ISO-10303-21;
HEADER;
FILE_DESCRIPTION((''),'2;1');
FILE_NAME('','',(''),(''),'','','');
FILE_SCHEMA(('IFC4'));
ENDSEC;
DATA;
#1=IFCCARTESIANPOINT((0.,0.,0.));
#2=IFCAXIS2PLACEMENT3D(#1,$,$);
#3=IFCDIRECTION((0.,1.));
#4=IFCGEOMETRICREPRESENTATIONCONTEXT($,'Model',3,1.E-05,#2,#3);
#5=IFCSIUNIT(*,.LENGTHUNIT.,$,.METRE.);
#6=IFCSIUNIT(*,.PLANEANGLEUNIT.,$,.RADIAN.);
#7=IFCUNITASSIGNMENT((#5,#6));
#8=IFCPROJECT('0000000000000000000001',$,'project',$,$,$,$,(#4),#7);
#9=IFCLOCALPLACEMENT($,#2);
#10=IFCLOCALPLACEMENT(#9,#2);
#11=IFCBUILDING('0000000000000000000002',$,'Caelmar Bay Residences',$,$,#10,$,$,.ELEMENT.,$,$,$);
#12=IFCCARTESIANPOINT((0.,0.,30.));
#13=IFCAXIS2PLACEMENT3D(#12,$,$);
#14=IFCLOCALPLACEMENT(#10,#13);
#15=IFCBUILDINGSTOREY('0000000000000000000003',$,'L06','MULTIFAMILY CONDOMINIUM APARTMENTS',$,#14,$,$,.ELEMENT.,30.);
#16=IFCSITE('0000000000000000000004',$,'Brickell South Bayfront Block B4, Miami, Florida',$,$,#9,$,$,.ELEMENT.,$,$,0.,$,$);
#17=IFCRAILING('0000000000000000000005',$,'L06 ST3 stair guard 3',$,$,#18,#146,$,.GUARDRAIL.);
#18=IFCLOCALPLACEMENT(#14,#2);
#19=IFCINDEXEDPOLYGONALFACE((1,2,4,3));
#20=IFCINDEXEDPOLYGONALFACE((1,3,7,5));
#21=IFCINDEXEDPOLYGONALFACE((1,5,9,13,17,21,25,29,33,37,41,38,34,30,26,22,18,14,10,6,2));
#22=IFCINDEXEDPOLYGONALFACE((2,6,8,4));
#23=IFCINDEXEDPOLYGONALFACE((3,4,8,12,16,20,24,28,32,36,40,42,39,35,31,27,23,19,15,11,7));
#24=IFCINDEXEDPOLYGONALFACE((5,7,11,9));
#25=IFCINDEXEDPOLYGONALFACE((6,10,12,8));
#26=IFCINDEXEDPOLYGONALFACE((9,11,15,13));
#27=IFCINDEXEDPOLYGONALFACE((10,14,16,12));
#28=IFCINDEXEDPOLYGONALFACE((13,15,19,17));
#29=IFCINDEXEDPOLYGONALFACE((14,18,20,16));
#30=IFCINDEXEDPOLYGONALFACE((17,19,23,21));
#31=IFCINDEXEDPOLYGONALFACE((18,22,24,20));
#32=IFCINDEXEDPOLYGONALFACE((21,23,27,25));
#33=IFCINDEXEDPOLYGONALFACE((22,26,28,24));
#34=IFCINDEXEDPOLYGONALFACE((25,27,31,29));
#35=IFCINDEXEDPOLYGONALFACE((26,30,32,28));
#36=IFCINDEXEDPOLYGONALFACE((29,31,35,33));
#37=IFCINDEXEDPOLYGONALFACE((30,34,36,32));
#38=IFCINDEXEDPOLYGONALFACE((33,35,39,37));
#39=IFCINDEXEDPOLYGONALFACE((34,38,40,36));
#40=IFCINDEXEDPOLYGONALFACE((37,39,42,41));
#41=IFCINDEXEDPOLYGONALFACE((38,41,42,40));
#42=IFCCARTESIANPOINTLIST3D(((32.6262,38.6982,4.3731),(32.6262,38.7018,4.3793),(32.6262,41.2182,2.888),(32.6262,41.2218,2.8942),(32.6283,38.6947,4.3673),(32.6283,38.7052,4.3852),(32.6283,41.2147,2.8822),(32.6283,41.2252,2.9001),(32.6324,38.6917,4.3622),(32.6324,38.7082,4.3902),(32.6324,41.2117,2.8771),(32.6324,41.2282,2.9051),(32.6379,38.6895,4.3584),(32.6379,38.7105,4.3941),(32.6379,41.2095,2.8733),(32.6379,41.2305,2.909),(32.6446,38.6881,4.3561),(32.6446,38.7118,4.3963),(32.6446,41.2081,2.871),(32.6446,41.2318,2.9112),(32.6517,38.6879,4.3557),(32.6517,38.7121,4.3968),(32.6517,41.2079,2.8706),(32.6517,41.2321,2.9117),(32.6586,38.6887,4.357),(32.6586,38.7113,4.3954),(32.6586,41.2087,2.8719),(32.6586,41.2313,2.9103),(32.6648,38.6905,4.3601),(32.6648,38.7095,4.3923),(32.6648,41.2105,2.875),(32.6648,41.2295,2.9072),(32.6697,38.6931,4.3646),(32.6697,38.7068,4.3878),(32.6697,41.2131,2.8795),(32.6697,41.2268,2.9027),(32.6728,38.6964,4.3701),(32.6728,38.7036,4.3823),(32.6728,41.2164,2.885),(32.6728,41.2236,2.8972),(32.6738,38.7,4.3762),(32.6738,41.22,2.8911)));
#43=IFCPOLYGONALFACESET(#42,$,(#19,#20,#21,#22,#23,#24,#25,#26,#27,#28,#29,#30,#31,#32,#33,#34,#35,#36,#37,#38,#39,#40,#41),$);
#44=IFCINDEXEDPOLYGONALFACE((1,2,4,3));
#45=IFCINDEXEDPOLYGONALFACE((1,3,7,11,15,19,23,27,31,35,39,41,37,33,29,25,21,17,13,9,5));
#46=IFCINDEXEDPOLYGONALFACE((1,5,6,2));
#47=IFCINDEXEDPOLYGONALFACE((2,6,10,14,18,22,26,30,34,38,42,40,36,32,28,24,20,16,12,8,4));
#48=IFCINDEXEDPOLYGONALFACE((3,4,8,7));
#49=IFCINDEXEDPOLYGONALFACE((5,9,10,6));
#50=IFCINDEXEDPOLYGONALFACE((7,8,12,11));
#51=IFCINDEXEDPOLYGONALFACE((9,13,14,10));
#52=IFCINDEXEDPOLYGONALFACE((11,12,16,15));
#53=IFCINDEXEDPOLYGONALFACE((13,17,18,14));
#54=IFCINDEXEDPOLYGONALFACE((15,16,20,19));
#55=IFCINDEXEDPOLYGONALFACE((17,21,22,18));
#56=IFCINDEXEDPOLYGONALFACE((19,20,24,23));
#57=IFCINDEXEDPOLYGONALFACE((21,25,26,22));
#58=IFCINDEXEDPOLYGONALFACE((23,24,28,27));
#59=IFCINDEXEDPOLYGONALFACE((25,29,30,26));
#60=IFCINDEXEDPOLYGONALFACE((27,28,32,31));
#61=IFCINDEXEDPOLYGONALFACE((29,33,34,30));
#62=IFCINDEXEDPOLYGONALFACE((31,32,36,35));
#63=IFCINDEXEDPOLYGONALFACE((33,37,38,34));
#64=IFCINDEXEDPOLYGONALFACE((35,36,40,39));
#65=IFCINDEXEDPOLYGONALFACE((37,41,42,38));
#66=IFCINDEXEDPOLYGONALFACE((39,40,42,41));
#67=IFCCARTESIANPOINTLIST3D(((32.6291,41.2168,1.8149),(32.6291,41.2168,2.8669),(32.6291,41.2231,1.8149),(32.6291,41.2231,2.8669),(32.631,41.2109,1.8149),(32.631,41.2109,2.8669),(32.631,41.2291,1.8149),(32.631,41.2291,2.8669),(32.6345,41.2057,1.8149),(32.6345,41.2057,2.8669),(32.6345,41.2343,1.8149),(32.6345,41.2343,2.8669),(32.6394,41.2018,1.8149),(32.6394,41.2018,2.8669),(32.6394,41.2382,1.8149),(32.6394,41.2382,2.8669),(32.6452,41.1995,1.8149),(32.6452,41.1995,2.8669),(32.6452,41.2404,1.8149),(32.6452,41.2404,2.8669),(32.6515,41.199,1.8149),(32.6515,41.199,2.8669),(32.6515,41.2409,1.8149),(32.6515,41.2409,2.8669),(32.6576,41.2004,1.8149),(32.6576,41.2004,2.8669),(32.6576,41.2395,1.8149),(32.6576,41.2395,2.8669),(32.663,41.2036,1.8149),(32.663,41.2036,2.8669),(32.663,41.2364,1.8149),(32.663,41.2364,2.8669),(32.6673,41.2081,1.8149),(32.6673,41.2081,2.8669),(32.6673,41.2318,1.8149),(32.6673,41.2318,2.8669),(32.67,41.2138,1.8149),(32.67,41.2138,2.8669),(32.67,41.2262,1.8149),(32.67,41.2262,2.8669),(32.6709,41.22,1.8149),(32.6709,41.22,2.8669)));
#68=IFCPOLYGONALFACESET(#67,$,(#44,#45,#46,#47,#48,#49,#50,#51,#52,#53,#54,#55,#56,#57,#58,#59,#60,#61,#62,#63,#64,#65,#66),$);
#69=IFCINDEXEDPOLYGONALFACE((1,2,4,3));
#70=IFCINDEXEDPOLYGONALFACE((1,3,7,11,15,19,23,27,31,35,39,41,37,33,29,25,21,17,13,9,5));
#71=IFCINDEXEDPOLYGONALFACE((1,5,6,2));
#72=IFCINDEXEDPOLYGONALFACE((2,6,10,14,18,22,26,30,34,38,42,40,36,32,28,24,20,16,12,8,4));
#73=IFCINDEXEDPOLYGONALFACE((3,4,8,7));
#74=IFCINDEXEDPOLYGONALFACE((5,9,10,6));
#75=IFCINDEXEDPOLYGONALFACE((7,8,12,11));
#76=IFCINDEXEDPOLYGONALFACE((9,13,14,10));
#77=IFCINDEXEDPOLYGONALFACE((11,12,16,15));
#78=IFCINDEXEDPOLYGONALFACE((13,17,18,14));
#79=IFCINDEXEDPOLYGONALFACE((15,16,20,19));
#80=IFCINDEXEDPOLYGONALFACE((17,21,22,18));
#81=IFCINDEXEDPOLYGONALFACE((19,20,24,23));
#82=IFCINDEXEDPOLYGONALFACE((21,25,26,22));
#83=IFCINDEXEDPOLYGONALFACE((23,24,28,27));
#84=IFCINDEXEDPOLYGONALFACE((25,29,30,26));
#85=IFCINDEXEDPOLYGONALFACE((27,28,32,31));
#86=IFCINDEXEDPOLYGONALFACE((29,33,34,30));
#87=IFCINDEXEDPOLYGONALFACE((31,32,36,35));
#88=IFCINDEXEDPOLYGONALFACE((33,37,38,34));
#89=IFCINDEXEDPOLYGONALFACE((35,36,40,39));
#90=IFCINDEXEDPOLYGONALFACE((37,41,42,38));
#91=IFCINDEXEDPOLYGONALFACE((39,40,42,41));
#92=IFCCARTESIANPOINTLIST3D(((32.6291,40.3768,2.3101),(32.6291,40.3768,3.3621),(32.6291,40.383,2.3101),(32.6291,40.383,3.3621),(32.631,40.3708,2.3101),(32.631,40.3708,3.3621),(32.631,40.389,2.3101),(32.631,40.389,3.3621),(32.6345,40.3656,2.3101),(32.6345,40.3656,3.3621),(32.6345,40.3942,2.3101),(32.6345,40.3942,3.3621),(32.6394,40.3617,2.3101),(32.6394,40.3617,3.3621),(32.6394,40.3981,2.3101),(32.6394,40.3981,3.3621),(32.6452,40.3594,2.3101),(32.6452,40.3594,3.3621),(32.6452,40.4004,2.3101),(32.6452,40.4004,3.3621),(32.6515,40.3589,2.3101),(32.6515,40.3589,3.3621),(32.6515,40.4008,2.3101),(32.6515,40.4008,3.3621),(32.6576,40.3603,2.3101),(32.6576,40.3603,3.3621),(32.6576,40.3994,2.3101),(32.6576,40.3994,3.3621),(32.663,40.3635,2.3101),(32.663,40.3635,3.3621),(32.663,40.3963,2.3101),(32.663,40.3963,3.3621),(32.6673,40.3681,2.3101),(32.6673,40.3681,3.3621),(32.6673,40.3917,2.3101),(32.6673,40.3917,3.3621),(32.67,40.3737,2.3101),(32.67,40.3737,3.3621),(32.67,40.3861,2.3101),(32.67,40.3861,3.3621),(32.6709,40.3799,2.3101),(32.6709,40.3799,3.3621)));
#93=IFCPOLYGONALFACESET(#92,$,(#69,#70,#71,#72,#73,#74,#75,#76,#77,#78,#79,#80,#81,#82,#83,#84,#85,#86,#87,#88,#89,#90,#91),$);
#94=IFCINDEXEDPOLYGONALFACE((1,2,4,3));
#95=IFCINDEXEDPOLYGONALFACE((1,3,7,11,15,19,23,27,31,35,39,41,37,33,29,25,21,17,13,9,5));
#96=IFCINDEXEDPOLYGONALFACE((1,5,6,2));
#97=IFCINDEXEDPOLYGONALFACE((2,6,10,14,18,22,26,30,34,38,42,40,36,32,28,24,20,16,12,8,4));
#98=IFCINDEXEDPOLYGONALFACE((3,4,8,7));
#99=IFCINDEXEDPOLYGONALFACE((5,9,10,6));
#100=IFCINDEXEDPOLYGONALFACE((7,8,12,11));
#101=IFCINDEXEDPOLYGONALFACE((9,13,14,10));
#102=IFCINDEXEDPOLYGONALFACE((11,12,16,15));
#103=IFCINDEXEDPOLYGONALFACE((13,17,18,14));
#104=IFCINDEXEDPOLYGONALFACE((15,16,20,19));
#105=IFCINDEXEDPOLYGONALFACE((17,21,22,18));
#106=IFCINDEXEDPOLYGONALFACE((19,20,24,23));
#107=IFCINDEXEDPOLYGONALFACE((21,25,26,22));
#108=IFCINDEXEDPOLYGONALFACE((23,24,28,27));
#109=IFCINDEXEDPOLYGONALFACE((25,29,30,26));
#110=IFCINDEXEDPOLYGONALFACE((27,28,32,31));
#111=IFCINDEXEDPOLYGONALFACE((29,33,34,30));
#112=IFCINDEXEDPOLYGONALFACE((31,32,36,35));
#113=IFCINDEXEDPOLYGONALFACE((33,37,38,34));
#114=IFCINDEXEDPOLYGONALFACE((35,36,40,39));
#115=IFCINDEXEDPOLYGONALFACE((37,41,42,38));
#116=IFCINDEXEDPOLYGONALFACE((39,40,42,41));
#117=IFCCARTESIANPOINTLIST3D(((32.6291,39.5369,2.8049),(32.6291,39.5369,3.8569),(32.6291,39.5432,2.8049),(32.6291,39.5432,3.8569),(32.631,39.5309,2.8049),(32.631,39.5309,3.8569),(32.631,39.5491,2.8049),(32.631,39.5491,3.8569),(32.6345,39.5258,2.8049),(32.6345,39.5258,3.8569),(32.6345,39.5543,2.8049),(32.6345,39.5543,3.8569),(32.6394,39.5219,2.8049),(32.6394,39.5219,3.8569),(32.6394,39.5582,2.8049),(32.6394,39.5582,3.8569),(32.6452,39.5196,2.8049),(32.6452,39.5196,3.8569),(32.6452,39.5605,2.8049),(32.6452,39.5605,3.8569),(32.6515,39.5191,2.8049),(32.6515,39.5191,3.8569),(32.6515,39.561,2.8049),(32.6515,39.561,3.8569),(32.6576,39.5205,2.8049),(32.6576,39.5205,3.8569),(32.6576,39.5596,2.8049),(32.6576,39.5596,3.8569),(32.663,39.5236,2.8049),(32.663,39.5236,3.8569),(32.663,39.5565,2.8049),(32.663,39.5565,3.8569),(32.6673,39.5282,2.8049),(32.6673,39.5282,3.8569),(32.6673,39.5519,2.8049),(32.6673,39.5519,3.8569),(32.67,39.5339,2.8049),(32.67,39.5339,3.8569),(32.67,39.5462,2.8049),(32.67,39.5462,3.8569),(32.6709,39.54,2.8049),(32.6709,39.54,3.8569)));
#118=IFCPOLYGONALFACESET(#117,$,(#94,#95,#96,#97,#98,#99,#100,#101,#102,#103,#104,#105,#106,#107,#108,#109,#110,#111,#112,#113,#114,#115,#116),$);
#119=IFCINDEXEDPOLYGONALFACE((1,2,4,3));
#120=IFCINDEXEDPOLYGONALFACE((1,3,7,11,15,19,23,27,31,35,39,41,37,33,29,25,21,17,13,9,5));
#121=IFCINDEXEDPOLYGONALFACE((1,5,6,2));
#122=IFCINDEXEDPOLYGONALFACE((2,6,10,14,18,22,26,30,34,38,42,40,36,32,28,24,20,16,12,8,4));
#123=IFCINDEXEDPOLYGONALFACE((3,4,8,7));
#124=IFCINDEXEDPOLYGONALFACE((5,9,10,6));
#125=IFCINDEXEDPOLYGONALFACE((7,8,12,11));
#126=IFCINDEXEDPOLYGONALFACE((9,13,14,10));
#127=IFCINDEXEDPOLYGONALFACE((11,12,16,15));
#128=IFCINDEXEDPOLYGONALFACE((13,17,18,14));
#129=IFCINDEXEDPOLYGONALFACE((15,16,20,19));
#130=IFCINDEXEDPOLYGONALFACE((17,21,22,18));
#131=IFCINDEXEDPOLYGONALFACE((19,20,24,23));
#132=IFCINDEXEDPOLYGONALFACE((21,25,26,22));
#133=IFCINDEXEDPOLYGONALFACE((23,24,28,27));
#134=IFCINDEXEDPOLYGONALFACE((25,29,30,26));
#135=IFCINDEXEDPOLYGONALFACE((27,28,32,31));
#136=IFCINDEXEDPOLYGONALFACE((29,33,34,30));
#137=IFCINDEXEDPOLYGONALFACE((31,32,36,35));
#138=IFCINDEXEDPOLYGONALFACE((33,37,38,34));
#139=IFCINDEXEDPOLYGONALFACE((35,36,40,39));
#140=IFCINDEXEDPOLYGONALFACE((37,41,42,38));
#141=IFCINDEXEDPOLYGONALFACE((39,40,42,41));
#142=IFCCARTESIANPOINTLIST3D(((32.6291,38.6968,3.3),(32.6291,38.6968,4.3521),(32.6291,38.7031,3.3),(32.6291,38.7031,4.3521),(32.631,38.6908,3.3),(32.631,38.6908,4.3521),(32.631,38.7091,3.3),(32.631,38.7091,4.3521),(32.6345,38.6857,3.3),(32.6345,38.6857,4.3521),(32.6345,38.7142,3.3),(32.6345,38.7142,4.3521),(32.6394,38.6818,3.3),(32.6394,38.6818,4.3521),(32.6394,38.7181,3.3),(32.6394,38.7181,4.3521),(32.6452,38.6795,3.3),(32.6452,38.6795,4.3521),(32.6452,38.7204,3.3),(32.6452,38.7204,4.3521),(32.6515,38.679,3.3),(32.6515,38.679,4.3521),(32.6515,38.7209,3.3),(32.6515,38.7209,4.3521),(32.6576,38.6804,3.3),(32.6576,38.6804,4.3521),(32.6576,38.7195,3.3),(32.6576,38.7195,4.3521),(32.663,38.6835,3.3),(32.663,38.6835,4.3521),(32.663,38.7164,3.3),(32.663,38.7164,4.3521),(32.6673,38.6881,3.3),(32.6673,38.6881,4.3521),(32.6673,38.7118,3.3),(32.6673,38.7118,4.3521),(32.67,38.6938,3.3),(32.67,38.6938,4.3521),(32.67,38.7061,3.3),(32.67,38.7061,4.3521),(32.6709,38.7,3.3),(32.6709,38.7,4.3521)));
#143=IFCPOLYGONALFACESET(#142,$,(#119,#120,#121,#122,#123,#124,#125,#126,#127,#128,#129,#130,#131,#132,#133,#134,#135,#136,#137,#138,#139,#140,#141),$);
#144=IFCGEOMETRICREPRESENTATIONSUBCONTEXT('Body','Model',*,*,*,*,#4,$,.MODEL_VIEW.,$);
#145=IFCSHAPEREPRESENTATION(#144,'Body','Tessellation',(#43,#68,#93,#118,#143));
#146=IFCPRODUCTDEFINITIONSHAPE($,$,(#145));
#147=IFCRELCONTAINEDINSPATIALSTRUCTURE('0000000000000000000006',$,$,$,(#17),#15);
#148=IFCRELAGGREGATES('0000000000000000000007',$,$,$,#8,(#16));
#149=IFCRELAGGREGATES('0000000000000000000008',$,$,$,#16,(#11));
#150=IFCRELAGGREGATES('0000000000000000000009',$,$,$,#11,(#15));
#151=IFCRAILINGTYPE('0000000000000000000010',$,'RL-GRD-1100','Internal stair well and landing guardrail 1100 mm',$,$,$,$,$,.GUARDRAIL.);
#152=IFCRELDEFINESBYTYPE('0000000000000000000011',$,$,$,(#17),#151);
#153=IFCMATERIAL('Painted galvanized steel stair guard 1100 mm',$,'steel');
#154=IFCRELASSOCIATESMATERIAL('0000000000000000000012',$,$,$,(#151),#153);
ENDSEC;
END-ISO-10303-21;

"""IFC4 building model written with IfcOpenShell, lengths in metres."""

from ifc_helpers import new_model, si_unit, direction, frame, origin, origin_2d, place, context, subcontext, project, spatial, circle, extrude, material, type_object, element, save


model = new_model("IFC4")

# Units and contexts
model_context = context("Model", 3, precision=1e-05, world=origin(), true_north=direction((0.0, 1.0)))
body_context = subcontext(model_context, "Body", "Model", "MODEL_VIEW")
ifc_project = project(units=[si_unit("LENGTHUNIT", "METRE"), si_unit("PLANEANGLEUNIT", "RADIAN")], contexts=[model_context])

# Site, building, storey
site_placement = place(None, origin())
site = spatial("IfcSite", under=ifc_project, at=site_placement, Name="Brickell South Bayfront Block B4, Miami, Florida", CompositionType="ELEMENT", RefElevation=0.0)
building_placement = place(site_placement, origin())
building = spatial("IfcBuilding", under=site, at=building_placement, Name="Caelmar Bay Residences", CompositionType="ELEMENT")
storey_placement = place(building_placement, frame((0.0, 0.0, 30.0)))
storey = spatial("IfcBuildingStorey", under=building, at=storey_placement, Name="L06", Description="MULTIFAMILY CONDOMINIUM APARTMENTS", CompositionType="ELEMENT", Elevation=30.0)

# Railing
ifc_material_1 = material(Name="Painted galvanized steel stair guard 1100 mm", Category="steel")
railing_type_1 = type_object("IfcRailingType", Name="RL-GRD-1100", Description="Internal stair well and landing guardrail 1100 mm", PredefinedType="GUARDRAIL", material=ifc_material_1)
railing_1_placement = place(storey_placement, frame((32.6499, 41.22, 1.8149)))
element("IfcRailing", 1, at=railing_1_placement, inside=storey, type_object=railing_type_1, Name="L06 ST3 stair guard 3", PredefinedType="GUARDRAIL", context=body_context, shape_type="SweptSolid", body=[
    extrude(circle(Radius=0.0239, at=origin_2d()), frame((0.0, 0.0, 1.0762), z_axis=(0.0, -0.861524, 0.507717), x_axis=(1.0, 0.0, 0.0)), (0.0, 0.0, 1.0), 2.925),
    extrude(circle(Radius=0.021, at=origin_2d()), origin(), (0.0, 0.0, 1.0), 1.052),
    extrude(circle(Radius=0.021, at=origin_2d()), frame((0.0, -0.8401, 0.4951)), (0.0, 0.0, 1.0), 1.052),
    extrude(circle(Radius=0.021, at=origin_2d()), frame((0.0, -1.6799, 0.99)), (0.0, 0.0, 1.0), 1.052),
    extrude(circle(Radius=0.021, at=origin_2d()), frame((0.0, -2.52, 1.4851)), (0.0, 0.0, 1.0), 1.052),
])

save(model, "model.ifc")
